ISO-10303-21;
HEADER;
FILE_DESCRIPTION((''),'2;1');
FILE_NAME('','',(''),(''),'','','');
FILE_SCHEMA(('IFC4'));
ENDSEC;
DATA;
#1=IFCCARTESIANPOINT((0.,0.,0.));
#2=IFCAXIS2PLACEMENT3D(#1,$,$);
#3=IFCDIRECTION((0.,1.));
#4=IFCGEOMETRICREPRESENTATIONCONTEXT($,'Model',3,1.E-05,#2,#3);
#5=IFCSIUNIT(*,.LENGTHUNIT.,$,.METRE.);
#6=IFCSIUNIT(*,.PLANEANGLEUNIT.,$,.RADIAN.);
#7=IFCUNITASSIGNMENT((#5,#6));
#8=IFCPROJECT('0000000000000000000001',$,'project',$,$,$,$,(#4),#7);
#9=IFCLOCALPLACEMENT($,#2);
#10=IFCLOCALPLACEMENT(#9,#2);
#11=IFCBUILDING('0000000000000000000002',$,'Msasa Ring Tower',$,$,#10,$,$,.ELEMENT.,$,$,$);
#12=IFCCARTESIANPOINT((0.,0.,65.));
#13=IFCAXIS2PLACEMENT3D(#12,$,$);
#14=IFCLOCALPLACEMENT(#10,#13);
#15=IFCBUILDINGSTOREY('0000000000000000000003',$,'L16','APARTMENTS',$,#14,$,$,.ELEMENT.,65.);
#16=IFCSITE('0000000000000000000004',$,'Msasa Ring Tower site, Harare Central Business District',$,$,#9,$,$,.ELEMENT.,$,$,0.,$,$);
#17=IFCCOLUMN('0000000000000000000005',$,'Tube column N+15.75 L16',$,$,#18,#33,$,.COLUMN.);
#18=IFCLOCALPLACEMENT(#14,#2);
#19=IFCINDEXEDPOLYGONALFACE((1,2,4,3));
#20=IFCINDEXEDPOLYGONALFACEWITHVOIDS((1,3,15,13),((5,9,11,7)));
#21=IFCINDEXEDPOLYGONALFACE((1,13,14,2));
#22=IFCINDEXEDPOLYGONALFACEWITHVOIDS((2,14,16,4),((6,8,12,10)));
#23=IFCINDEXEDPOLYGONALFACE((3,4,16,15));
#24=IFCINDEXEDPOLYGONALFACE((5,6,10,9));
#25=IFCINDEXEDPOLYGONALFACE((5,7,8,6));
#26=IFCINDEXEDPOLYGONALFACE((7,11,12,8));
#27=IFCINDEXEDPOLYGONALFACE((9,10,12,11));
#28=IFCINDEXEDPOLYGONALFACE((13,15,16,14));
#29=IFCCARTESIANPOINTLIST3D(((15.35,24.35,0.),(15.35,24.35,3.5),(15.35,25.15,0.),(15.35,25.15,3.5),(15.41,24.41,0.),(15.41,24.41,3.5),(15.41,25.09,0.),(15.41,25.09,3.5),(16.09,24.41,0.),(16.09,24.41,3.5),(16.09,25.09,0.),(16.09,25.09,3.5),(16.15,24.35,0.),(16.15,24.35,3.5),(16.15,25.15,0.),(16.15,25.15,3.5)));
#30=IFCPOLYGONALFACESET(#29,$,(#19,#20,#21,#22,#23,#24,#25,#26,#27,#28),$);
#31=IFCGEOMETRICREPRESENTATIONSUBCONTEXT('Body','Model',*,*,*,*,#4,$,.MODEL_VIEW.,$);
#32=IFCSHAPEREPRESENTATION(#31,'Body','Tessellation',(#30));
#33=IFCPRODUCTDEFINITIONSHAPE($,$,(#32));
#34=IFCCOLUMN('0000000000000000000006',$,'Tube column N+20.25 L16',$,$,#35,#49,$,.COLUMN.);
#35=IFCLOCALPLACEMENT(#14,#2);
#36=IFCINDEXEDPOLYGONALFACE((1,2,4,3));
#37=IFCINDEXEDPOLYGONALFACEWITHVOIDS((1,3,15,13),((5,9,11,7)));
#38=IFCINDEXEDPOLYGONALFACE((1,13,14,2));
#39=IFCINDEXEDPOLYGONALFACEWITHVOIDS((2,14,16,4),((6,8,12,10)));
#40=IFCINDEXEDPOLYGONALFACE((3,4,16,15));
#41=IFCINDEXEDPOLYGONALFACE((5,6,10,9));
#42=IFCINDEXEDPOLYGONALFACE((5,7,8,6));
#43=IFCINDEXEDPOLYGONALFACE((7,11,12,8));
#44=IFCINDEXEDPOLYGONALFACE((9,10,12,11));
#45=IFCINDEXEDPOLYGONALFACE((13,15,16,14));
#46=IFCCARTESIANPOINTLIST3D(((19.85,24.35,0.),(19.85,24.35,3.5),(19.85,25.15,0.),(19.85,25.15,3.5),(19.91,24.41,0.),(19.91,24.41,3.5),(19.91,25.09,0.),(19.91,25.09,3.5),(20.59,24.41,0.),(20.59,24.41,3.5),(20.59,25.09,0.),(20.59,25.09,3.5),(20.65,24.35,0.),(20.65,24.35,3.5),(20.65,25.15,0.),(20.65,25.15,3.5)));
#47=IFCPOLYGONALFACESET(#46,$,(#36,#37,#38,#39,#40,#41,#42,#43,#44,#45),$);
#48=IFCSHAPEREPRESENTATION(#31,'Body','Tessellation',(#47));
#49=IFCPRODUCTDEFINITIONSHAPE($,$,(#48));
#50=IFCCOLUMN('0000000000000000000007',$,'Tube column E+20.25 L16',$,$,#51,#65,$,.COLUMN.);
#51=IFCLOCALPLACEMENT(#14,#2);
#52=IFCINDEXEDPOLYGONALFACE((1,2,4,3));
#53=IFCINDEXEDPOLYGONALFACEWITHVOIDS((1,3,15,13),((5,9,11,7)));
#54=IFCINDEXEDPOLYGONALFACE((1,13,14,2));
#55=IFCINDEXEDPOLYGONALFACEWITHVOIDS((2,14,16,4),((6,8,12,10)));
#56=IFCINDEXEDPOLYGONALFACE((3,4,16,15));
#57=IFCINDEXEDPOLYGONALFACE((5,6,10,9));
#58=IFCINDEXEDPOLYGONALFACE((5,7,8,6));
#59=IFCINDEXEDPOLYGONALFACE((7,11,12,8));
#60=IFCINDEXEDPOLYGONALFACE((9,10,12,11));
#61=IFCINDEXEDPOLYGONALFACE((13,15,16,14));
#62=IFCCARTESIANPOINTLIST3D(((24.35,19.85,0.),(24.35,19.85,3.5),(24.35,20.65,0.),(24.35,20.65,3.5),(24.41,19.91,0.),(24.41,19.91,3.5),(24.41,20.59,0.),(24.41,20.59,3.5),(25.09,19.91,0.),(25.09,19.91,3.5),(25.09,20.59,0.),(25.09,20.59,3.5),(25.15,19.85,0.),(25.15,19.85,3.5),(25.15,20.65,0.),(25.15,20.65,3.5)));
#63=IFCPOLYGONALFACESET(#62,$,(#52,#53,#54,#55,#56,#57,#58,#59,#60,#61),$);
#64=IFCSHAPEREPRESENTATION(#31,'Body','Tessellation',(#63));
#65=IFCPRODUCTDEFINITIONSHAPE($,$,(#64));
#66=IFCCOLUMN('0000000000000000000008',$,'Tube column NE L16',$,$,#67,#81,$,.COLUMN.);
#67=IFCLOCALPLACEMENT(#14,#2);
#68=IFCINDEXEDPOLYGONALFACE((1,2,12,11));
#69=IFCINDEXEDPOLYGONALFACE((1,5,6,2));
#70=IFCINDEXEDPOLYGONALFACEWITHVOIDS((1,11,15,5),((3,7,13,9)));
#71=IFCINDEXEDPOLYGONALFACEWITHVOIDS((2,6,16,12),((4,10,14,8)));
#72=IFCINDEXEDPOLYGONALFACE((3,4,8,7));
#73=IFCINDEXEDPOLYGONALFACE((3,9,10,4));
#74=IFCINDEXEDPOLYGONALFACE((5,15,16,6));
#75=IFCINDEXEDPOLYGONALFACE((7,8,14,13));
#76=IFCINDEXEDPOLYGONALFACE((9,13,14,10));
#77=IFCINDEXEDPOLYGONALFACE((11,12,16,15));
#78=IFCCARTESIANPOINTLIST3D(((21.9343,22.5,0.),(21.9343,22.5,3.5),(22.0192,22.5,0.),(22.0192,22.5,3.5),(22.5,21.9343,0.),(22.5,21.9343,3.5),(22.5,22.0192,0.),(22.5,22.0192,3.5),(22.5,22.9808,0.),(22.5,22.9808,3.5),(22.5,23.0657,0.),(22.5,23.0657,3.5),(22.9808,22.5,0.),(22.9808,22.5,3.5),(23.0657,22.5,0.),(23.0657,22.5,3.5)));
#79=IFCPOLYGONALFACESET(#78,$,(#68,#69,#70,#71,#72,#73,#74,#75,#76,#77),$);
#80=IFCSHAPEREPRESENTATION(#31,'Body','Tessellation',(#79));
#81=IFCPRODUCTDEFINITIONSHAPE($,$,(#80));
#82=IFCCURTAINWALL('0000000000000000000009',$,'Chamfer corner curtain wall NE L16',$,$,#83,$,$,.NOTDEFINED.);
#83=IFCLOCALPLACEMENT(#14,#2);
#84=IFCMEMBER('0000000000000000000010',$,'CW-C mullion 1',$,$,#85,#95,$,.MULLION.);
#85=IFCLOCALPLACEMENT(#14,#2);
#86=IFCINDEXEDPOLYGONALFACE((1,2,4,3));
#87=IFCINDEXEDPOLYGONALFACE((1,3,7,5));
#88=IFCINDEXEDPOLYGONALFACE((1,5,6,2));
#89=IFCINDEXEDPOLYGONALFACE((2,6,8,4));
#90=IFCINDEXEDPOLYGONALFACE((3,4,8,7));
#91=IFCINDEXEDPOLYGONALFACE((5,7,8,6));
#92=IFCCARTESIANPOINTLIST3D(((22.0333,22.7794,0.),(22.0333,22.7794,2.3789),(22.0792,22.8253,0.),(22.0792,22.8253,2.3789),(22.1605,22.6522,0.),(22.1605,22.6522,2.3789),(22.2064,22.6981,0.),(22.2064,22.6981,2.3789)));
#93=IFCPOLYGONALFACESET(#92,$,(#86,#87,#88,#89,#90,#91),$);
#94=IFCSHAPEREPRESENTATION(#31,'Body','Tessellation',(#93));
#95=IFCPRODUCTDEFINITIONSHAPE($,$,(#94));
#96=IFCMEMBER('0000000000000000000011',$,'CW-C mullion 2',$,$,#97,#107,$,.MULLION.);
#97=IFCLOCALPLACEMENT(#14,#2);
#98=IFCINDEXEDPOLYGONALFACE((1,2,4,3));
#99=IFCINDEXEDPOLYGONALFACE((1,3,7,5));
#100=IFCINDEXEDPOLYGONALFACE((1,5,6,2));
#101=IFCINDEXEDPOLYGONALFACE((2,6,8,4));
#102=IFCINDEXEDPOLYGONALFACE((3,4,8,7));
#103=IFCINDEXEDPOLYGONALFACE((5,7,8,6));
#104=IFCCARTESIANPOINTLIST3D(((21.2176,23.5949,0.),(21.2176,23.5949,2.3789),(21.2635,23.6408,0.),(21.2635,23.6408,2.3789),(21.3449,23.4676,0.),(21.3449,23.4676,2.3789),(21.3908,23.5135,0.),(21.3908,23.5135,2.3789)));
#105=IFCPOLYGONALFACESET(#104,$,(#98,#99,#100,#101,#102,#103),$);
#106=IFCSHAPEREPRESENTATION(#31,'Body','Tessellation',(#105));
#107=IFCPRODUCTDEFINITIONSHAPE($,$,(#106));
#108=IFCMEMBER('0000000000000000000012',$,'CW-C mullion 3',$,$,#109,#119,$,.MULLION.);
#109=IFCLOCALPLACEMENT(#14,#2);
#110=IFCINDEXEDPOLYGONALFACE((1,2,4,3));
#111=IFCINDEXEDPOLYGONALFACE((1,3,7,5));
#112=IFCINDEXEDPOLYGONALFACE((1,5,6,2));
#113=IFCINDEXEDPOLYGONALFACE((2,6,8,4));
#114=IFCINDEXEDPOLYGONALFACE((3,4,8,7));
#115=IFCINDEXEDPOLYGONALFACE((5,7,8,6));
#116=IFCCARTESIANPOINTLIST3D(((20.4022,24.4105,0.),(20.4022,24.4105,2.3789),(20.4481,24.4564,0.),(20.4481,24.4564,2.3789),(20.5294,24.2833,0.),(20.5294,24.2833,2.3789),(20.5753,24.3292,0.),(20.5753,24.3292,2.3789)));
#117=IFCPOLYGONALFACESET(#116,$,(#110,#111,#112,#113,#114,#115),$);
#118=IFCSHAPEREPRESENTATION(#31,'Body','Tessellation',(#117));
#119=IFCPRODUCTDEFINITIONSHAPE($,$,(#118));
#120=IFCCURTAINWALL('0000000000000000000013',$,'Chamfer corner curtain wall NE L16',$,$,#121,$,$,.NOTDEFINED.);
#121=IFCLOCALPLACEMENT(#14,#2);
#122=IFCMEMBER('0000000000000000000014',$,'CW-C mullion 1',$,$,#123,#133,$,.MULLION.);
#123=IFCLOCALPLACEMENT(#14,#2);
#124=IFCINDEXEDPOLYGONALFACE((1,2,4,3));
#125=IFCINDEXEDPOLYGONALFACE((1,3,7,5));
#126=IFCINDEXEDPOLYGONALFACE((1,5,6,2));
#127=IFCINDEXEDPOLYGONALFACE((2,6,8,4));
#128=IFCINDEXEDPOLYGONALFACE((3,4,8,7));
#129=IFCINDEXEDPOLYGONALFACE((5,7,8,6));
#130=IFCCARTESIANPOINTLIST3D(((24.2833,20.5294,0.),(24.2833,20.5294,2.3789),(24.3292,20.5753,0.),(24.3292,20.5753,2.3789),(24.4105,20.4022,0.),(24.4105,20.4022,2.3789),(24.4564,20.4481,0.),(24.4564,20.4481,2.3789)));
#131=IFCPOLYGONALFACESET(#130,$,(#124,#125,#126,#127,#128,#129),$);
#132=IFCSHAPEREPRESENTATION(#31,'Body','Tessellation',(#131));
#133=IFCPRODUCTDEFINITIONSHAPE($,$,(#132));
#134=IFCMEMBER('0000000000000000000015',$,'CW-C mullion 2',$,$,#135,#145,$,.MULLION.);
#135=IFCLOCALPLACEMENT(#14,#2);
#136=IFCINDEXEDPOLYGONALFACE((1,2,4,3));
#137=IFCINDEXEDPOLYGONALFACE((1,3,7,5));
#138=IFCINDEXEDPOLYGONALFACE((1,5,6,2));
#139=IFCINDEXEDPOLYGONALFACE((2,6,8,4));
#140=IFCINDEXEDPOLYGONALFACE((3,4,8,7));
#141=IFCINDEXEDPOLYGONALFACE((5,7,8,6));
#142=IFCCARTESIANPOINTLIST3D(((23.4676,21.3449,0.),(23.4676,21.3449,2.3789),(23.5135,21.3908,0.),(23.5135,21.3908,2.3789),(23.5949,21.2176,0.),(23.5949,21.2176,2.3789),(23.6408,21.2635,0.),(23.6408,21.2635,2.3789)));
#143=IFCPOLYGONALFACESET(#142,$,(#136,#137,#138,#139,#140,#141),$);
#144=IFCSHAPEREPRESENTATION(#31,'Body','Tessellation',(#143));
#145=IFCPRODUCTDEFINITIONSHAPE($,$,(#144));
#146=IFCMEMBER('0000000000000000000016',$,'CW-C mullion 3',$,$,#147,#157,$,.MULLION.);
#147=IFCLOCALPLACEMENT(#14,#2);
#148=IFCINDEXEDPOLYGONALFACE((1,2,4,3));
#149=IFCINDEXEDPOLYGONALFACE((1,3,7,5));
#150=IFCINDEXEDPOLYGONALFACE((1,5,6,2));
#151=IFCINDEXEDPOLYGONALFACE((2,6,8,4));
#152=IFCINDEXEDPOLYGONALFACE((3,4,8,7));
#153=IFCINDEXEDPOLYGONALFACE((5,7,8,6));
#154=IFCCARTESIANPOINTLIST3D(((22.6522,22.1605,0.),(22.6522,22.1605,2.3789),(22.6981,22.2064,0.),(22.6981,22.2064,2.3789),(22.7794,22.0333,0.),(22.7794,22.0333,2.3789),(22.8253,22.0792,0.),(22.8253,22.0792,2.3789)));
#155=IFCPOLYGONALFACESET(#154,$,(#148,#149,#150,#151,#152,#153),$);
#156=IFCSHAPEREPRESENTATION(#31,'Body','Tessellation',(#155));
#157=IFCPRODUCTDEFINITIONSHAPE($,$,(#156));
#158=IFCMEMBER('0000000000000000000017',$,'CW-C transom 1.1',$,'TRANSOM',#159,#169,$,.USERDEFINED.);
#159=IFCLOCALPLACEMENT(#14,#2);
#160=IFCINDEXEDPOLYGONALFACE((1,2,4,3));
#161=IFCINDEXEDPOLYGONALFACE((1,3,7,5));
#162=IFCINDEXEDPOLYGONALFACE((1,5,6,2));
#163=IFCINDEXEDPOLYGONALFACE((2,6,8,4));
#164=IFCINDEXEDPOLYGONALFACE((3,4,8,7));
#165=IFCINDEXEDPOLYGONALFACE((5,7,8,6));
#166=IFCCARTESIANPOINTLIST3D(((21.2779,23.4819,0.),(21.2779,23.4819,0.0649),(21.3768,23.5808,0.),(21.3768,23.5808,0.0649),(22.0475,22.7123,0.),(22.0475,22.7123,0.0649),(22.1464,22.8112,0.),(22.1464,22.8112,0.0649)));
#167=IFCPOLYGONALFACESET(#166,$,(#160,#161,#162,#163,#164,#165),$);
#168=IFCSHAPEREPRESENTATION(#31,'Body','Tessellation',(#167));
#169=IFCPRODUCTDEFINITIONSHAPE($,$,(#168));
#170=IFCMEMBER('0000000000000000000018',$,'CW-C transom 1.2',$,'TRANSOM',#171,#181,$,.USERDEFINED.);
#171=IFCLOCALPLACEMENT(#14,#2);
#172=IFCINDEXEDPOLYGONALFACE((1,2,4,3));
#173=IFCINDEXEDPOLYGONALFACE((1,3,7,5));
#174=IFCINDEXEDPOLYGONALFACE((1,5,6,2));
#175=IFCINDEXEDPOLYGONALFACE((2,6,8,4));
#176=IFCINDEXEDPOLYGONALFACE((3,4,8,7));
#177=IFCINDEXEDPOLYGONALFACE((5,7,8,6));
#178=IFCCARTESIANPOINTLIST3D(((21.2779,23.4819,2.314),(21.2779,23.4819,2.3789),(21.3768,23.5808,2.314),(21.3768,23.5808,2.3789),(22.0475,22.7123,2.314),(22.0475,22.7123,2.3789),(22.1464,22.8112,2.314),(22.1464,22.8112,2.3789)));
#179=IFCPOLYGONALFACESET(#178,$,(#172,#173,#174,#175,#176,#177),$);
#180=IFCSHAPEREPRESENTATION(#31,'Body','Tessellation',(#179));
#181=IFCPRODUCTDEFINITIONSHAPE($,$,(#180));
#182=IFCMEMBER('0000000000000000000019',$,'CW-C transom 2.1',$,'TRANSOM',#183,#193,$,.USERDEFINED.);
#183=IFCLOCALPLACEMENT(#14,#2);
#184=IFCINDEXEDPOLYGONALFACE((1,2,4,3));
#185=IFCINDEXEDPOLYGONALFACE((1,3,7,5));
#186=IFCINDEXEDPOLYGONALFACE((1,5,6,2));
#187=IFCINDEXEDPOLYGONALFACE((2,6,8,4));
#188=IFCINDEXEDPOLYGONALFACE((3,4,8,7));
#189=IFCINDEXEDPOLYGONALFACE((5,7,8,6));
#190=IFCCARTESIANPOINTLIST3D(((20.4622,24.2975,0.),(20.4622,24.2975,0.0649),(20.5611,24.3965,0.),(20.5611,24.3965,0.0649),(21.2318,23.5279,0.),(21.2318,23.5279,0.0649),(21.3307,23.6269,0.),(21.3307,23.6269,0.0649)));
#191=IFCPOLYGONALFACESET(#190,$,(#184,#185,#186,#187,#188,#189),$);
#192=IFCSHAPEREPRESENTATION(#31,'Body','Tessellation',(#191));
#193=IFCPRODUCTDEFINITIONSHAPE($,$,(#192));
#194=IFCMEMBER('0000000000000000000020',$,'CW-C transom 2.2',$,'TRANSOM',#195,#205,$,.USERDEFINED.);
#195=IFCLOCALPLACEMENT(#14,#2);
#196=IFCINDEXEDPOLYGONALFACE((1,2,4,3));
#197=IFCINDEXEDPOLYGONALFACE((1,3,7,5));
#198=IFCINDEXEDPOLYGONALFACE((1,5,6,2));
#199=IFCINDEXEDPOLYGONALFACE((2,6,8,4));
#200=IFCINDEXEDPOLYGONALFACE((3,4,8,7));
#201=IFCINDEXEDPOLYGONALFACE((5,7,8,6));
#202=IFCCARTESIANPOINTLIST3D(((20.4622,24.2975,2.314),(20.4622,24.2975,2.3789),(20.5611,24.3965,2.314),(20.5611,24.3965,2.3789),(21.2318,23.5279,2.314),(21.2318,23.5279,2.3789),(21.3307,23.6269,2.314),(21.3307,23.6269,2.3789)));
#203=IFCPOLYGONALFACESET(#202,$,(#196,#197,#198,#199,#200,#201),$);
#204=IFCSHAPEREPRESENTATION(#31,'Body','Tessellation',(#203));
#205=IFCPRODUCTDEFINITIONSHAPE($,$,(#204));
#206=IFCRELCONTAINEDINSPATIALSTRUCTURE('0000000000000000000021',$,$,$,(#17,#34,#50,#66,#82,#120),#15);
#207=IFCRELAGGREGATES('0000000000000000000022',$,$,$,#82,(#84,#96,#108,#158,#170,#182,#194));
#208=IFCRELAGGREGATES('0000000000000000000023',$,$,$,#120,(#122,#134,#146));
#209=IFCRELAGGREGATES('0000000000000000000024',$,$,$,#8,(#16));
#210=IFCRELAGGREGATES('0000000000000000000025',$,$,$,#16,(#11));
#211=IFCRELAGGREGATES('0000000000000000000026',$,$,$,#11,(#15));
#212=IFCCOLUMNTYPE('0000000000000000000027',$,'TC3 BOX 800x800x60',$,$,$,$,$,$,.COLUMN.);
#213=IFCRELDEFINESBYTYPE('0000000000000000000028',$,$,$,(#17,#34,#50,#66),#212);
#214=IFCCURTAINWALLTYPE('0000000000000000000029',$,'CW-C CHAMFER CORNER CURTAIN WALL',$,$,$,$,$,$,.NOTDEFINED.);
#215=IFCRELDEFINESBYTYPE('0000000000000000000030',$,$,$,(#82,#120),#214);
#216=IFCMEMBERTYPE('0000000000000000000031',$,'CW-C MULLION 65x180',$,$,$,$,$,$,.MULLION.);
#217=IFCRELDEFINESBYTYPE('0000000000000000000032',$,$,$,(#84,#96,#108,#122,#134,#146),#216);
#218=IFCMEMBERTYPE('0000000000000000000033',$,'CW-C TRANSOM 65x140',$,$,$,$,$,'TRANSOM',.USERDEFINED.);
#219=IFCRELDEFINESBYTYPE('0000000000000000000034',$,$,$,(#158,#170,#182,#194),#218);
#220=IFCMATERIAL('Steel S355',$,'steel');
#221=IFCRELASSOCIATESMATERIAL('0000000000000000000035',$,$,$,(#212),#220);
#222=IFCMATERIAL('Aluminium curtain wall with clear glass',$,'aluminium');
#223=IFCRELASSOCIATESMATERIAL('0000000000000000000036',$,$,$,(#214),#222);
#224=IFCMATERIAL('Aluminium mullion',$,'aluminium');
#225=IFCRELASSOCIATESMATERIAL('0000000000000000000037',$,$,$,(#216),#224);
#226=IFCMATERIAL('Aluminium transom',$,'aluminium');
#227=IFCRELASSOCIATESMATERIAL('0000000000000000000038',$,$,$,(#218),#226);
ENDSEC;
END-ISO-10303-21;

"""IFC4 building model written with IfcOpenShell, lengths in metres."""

from ifc_helpers import new_model, si_unit, direction, frame, origin, origin_2d, place, context, subcontext, project, spatial, rectangle, hollow_rectangle, extrude, material, material_profile, profile_set, type_object, element, aggregate, save


model = new_model("IFC4")

# Units and contexts
model_context = context("Model", 3, precision=1e-05, world=origin(), true_north=direction((0.0, 1.0)))
body_context = subcontext(model_context, "Body", "Model", "MODEL_VIEW")
ifc_project = project(units=[si_unit("LENGTHUNIT", "METRE"), si_unit("PLANEANGLEUNIT", "RADIAN")], contexts=[model_context])

# Site, building, storey
site_placement = place(None, origin())
site = spatial("IfcSite", under=ifc_project, at=site_placement, Name="Msasa Ring Tower site, Harare Central Business District", CompositionType="ELEMENT", RefElevation=0.0)
building_placement = place(site_placement, origin())
building = spatial("IfcBuilding", under=site, at=building_placement, Name="Msasa Ring Tower", CompositionType="ELEMENT")
storey_placement = place(building_placement, frame((0.0, 0.0, 65.0)))
storey = spatial("IfcBuildingStorey", under=building, at=storey_placement, Name="L16", Description="APARTMENTS", CompositionType="ELEMENT", Elevation=65.0)

# Columns
ifc_material_1 = material(Name="Steel S355", Category="steel")
ifc_material_profile_1 = material_profile(ifc_material_1, hollow_rectangle(XDim=0.8, YDim=0.8, WallThickness=0.0601, at=origin_2d()), Name="BOX 800x800x60")
ifc_profile_set_1 = profile_set([ifc_material_profile_1], Name="Steel S355")
column_type = type_object("IfcColumnType", Name="TC3 BOX 800x800x60", PredefinedType="COLUMN", material=ifc_profile_set_1)
for number, where, z_axis, x_axis, name in (
    (1, (15.75, 24.75, 0.0), (0.0, 0.0, 1.0), (0.0, 1.0, 0.0), "Tube column N+15.75 L16"),
    (2, (20.25, 24.75, 0.0), (0.0, 0.0, 1.0), (0.0, 1.0, 0.0), "Tube column N+20.25 L16"),
    (3, (24.75, 20.25, 0.0), (0.0, 0.0, 1.0), (1.0, 0.0, 0.0), "Tube column E+20.25 L16"),
    (4, (22.5, 22.5, 0.0), (0.0, 0.0, 1.0), (0.707107, 0.707107, 0.0), "Tube column NE L16"),
):
    element("IfcColumn", number, at=place(storey_placement, frame(where, z_axis=z_axis, x_axis=x_axis)), inside=storey, type_object=column_type, Name=name, PredefinedType="COLUMN", context=body_context, shape_type="SweptSolid", body=[
        extrude(hollow_rectangle(XDim=0.8, YDim=0.8, WallThickness=0.0601, at=origin_2d()), origin(), (0.0, 0.0, 1.0), 3.5),
    ])

# Curtain walls, members
ifc_material_2 = material(Name="Aluminium curtain wall with clear glass", Category="aluminium")
curtain_wall_type = type_object("IfcCurtainWallType", Name="CW-C CHAMFER CORNER CURTAIN WALL", PredefinedType="NOTDEFINED", material=ifc_material_2)
curtain_wall_1_placement = place(storey_placement, origin())
curtain_wall_1 = element("IfcCurtainWall", 5, at=curtain_wall_1_placement, inside=storey, type_object=curtain_wall_type, Name="Chamfer corner curtain wall NE L16", PredefinedType="NOTDEFINED")
ifc_material_3 = material(Name="Aluminium mullion", Category="aluminium")
ifc_material_profile_2 = material_profile(ifc_material_3, rectangle(XDim=0.0649, YDim=0.1799, at=origin_2d()), Name="AL 65x180")
ifc_profile_set_2 = profile_set([ifc_material_profile_2], Name="Aluminium mullion")
member_type_1 = type_object("IfcMemberType", Name="CW-C MULLION 65x180", PredefinedType="MULLION", material=ifc_profile_set_2)
member_1_placement = place(storey_placement, frame((22.1199, 22.7388, 0.0), z_axis=(0.0, 0.0, 1.0), x_axis=(-0.707107, -0.707107, 0.0)))
member_1 = element("IfcMember", 6, at=member_1_placement, type_object=member_type_1, Name="CW-C mullion 1", PredefinedType="MULLION", context=body_context, shape_type="SweptSolid", body=[
    extrude(rectangle(XDim=0.0649, YDim=0.1799, at=origin_2d()), origin(), (0.0, 0.0, 1.0), 2.3789),
])
member_2_placement = place(storey_placement, frame((21.3042, 23.5542, 0.0), z_axis=(0.0, 0.0, 1.0), x_axis=(-0.707107, -0.707107, 0.0)))
member_2 = element("IfcMember", 7, at=member_2_placement, type_object=member_type_1, Name="CW-C mullion 2", PredefinedType="MULLION", context=body_context, shape_type="SweptSolid", body=[
    extrude(rectangle(XDim=0.0649, YDim=0.1799, at=origin_2d()), origin(), (0.0, 0.0, 1.0), 2.3789),
])
member_3_placement = place(storey_placement, frame((20.4888, 24.3699, 0.0), z_axis=(0.0, 0.0, 1.0), x_axis=(-0.707107, -0.707107, 0.0)))
member_3 = element("IfcMember", 8, at=member_3_placement, type_object=member_type_1, Name="CW-C mullion 3", PredefinedType="MULLION", context=body_context, shape_type="SweptSolid", body=[
    extrude(rectangle(XDim=0.0649, YDim=0.1799, at=origin_2d()), origin(), (0.0, 0.0, 1.0), 2.3789),
])
curtain_wall_2_placement = place(storey_placement, origin())
curtain_wall_2 = element("IfcCurtainWall", 9, at=curtain_wall_2_placement, inside=storey, type_object=curtain_wall_type, Name="Chamfer corner curtain wall NE L16", PredefinedType="NOTDEFINED")
member_4_placement = place(storey_placement, frame((24.3699, 20.4888, 0.0), z_axis=(0.0, 0.0, 1.0), x_axis=(-0.707107, -0.707107, 0.0)))
member_4 = element("IfcMember", 10, at=member_4_placement, type_object=member_type_1, Name="CW-C mullion 1", PredefinedType="MULLION", context=body_context, shape_type="SweptSolid", body=[
    extrude(rectangle(XDim=0.0649, YDim=0.1799, at=origin_2d()), origin(), (0.0, 0.0, 1.0), 2.3789),
])
member_5_placement = place(storey_placement, frame((23.5542, 21.3042, 0.0), z_axis=(0.0, 0.0, 1.0), x_axis=(-0.707107, -0.707107, 0.0)))
member_5 = element("IfcMember", 11, at=member_5_placement, type_object=member_type_1, Name="CW-C mullion 2", PredefinedType="MULLION", context=body_context, shape_type="SweptSolid", body=[
    extrude(rectangle(XDim=0.0649, YDim=0.1799, at=origin_2d()), origin(), (0.0, 0.0, 1.0), 2.3789),
])
member_6_placement = place(storey_placement, frame((22.7388, 22.1199, 0.0), z_axis=(0.0, 0.0, 1.0), x_axis=(-0.707107, -0.707107, 0.0)))
member_6 = element("IfcMember", 12, at=member_6_placement, type_object=member_type_1, Name="CW-C mullion 3", PredefinedType="MULLION", context=body_context, shape_type="SweptSolid", body=[
    extrude(rectangle(XDim=0.0649, YDim=0.1799, at=origin_2d()), origin(), (0.0, 0.0, 1.0), 2.3789),
])

# Members
ifc_material_4 = material(Name="Aluminium transom", Category="aluminium")
ifc_material_profile_3 = material_profile(ifc_material_4, rectangle(XDim=0.1399, YDim=0.0649, at=origin_2d()), Name="AL 65x140")
ifc_profile_set_3 = profile_set([ifc_material_profile_3], Name="Aluminium transom")
member_type_2 = type_object("IfcMemberType", Name="CW-C TRANSOM 65x140", ElementType="TRANSOM", PredefinedType="USERDEFINED", material=ifc_profile_set_3)
member_7_placement = place(storey_placement, frame((22.0969, 22.7617, 0.0325), z_axis=(-0.707107, 0.707107, 0.0), x_axis=(-0.707107, -0.707107, 0.0)))
member_7 = element("IfcMember", 13, at=member_7_placement, type_object=member_type_2, Name="CW-C transom 1.1", ObjectType="TRANSOM", PredefinedType="USERDEFINED", context=body_context, shape_type="SweptSolid", body=[
    extrude(rectangle(XDim=0.1399, YDim=0.0649, at=origin_2d()), origin(), (0.0, 0.0, 1.0), 1.0884),
])
member_8_placement = place(storey_placement, frame((22.0969, 22.7617, 2.3464), z_axis=(-0.707107, 0.707107, 0.0), x_axis=(-0.707107, -0.707107, 0.0)))
member_8 = element("IfcMember", 14, at=member_8_placement, type_object=member_type_2, Name="CW-C transom 1.2", ObjectType="TRANSOM", PredefinedType="USERDEFINED", context=body_context, shape_type="SweptSolid", body=[
    extrude(rectangle(XDim=0.1399, YDim=0.0649, at=origin_2d()), origin(), (0.0, 0.0, 1.0), 1.0884),
])
member_9_placement = place(storey_placement, frame((21.2812, 23.5774, 0.0325), z_axis=(-0.707107, 0.707107, 0.0), x_axis=(-0.707107, -0.707107, 0.0)))
member_9 = element("IfcMember", 15, at=member_9_placement, type_object=member_type_2, Name="CW-C transom 2.1", ObjectType="TRANSOM", PredefinedType="USERDEFINED", context=body_context, shape_type="SweptSolid", body=[
    extrude(rectangle(XDim=0.1399, YDim=0.0649, at=origin_2d()), origin(), (0.0, 0.0, 1.0), 1.0884),
])
member_10_placement = place(storey_placement, frame((21.2812, 23.5774, 2.3464), z_axis=(-0.707107, 0.707107, 0.0), x_axis=(-0.707107, -0.707107, 0.0)))
member_10 = element("IfcMember", 16, at=member_10_placement, type_object=member_type_2, Name="CW-C transom 2.2", ObjectType="TRANSOM", PredefinedType="USERDEFINED", context=body_context, shape_type="SweptSolid", body=[
    extrude(rectangle(XDim=0.1399, YDim=0.0649, at=origin_2d()), origin(), (0.0, 0.0, 1.0), 1.0884),
])

aggregate(curtain_wall_1, [member_1, member_2, member_3, member_7, member_8, member_9, member_10])
aggregate(curtain_wall_2, [member_4, member_5, member_6])

save(model, "model.ifc")
